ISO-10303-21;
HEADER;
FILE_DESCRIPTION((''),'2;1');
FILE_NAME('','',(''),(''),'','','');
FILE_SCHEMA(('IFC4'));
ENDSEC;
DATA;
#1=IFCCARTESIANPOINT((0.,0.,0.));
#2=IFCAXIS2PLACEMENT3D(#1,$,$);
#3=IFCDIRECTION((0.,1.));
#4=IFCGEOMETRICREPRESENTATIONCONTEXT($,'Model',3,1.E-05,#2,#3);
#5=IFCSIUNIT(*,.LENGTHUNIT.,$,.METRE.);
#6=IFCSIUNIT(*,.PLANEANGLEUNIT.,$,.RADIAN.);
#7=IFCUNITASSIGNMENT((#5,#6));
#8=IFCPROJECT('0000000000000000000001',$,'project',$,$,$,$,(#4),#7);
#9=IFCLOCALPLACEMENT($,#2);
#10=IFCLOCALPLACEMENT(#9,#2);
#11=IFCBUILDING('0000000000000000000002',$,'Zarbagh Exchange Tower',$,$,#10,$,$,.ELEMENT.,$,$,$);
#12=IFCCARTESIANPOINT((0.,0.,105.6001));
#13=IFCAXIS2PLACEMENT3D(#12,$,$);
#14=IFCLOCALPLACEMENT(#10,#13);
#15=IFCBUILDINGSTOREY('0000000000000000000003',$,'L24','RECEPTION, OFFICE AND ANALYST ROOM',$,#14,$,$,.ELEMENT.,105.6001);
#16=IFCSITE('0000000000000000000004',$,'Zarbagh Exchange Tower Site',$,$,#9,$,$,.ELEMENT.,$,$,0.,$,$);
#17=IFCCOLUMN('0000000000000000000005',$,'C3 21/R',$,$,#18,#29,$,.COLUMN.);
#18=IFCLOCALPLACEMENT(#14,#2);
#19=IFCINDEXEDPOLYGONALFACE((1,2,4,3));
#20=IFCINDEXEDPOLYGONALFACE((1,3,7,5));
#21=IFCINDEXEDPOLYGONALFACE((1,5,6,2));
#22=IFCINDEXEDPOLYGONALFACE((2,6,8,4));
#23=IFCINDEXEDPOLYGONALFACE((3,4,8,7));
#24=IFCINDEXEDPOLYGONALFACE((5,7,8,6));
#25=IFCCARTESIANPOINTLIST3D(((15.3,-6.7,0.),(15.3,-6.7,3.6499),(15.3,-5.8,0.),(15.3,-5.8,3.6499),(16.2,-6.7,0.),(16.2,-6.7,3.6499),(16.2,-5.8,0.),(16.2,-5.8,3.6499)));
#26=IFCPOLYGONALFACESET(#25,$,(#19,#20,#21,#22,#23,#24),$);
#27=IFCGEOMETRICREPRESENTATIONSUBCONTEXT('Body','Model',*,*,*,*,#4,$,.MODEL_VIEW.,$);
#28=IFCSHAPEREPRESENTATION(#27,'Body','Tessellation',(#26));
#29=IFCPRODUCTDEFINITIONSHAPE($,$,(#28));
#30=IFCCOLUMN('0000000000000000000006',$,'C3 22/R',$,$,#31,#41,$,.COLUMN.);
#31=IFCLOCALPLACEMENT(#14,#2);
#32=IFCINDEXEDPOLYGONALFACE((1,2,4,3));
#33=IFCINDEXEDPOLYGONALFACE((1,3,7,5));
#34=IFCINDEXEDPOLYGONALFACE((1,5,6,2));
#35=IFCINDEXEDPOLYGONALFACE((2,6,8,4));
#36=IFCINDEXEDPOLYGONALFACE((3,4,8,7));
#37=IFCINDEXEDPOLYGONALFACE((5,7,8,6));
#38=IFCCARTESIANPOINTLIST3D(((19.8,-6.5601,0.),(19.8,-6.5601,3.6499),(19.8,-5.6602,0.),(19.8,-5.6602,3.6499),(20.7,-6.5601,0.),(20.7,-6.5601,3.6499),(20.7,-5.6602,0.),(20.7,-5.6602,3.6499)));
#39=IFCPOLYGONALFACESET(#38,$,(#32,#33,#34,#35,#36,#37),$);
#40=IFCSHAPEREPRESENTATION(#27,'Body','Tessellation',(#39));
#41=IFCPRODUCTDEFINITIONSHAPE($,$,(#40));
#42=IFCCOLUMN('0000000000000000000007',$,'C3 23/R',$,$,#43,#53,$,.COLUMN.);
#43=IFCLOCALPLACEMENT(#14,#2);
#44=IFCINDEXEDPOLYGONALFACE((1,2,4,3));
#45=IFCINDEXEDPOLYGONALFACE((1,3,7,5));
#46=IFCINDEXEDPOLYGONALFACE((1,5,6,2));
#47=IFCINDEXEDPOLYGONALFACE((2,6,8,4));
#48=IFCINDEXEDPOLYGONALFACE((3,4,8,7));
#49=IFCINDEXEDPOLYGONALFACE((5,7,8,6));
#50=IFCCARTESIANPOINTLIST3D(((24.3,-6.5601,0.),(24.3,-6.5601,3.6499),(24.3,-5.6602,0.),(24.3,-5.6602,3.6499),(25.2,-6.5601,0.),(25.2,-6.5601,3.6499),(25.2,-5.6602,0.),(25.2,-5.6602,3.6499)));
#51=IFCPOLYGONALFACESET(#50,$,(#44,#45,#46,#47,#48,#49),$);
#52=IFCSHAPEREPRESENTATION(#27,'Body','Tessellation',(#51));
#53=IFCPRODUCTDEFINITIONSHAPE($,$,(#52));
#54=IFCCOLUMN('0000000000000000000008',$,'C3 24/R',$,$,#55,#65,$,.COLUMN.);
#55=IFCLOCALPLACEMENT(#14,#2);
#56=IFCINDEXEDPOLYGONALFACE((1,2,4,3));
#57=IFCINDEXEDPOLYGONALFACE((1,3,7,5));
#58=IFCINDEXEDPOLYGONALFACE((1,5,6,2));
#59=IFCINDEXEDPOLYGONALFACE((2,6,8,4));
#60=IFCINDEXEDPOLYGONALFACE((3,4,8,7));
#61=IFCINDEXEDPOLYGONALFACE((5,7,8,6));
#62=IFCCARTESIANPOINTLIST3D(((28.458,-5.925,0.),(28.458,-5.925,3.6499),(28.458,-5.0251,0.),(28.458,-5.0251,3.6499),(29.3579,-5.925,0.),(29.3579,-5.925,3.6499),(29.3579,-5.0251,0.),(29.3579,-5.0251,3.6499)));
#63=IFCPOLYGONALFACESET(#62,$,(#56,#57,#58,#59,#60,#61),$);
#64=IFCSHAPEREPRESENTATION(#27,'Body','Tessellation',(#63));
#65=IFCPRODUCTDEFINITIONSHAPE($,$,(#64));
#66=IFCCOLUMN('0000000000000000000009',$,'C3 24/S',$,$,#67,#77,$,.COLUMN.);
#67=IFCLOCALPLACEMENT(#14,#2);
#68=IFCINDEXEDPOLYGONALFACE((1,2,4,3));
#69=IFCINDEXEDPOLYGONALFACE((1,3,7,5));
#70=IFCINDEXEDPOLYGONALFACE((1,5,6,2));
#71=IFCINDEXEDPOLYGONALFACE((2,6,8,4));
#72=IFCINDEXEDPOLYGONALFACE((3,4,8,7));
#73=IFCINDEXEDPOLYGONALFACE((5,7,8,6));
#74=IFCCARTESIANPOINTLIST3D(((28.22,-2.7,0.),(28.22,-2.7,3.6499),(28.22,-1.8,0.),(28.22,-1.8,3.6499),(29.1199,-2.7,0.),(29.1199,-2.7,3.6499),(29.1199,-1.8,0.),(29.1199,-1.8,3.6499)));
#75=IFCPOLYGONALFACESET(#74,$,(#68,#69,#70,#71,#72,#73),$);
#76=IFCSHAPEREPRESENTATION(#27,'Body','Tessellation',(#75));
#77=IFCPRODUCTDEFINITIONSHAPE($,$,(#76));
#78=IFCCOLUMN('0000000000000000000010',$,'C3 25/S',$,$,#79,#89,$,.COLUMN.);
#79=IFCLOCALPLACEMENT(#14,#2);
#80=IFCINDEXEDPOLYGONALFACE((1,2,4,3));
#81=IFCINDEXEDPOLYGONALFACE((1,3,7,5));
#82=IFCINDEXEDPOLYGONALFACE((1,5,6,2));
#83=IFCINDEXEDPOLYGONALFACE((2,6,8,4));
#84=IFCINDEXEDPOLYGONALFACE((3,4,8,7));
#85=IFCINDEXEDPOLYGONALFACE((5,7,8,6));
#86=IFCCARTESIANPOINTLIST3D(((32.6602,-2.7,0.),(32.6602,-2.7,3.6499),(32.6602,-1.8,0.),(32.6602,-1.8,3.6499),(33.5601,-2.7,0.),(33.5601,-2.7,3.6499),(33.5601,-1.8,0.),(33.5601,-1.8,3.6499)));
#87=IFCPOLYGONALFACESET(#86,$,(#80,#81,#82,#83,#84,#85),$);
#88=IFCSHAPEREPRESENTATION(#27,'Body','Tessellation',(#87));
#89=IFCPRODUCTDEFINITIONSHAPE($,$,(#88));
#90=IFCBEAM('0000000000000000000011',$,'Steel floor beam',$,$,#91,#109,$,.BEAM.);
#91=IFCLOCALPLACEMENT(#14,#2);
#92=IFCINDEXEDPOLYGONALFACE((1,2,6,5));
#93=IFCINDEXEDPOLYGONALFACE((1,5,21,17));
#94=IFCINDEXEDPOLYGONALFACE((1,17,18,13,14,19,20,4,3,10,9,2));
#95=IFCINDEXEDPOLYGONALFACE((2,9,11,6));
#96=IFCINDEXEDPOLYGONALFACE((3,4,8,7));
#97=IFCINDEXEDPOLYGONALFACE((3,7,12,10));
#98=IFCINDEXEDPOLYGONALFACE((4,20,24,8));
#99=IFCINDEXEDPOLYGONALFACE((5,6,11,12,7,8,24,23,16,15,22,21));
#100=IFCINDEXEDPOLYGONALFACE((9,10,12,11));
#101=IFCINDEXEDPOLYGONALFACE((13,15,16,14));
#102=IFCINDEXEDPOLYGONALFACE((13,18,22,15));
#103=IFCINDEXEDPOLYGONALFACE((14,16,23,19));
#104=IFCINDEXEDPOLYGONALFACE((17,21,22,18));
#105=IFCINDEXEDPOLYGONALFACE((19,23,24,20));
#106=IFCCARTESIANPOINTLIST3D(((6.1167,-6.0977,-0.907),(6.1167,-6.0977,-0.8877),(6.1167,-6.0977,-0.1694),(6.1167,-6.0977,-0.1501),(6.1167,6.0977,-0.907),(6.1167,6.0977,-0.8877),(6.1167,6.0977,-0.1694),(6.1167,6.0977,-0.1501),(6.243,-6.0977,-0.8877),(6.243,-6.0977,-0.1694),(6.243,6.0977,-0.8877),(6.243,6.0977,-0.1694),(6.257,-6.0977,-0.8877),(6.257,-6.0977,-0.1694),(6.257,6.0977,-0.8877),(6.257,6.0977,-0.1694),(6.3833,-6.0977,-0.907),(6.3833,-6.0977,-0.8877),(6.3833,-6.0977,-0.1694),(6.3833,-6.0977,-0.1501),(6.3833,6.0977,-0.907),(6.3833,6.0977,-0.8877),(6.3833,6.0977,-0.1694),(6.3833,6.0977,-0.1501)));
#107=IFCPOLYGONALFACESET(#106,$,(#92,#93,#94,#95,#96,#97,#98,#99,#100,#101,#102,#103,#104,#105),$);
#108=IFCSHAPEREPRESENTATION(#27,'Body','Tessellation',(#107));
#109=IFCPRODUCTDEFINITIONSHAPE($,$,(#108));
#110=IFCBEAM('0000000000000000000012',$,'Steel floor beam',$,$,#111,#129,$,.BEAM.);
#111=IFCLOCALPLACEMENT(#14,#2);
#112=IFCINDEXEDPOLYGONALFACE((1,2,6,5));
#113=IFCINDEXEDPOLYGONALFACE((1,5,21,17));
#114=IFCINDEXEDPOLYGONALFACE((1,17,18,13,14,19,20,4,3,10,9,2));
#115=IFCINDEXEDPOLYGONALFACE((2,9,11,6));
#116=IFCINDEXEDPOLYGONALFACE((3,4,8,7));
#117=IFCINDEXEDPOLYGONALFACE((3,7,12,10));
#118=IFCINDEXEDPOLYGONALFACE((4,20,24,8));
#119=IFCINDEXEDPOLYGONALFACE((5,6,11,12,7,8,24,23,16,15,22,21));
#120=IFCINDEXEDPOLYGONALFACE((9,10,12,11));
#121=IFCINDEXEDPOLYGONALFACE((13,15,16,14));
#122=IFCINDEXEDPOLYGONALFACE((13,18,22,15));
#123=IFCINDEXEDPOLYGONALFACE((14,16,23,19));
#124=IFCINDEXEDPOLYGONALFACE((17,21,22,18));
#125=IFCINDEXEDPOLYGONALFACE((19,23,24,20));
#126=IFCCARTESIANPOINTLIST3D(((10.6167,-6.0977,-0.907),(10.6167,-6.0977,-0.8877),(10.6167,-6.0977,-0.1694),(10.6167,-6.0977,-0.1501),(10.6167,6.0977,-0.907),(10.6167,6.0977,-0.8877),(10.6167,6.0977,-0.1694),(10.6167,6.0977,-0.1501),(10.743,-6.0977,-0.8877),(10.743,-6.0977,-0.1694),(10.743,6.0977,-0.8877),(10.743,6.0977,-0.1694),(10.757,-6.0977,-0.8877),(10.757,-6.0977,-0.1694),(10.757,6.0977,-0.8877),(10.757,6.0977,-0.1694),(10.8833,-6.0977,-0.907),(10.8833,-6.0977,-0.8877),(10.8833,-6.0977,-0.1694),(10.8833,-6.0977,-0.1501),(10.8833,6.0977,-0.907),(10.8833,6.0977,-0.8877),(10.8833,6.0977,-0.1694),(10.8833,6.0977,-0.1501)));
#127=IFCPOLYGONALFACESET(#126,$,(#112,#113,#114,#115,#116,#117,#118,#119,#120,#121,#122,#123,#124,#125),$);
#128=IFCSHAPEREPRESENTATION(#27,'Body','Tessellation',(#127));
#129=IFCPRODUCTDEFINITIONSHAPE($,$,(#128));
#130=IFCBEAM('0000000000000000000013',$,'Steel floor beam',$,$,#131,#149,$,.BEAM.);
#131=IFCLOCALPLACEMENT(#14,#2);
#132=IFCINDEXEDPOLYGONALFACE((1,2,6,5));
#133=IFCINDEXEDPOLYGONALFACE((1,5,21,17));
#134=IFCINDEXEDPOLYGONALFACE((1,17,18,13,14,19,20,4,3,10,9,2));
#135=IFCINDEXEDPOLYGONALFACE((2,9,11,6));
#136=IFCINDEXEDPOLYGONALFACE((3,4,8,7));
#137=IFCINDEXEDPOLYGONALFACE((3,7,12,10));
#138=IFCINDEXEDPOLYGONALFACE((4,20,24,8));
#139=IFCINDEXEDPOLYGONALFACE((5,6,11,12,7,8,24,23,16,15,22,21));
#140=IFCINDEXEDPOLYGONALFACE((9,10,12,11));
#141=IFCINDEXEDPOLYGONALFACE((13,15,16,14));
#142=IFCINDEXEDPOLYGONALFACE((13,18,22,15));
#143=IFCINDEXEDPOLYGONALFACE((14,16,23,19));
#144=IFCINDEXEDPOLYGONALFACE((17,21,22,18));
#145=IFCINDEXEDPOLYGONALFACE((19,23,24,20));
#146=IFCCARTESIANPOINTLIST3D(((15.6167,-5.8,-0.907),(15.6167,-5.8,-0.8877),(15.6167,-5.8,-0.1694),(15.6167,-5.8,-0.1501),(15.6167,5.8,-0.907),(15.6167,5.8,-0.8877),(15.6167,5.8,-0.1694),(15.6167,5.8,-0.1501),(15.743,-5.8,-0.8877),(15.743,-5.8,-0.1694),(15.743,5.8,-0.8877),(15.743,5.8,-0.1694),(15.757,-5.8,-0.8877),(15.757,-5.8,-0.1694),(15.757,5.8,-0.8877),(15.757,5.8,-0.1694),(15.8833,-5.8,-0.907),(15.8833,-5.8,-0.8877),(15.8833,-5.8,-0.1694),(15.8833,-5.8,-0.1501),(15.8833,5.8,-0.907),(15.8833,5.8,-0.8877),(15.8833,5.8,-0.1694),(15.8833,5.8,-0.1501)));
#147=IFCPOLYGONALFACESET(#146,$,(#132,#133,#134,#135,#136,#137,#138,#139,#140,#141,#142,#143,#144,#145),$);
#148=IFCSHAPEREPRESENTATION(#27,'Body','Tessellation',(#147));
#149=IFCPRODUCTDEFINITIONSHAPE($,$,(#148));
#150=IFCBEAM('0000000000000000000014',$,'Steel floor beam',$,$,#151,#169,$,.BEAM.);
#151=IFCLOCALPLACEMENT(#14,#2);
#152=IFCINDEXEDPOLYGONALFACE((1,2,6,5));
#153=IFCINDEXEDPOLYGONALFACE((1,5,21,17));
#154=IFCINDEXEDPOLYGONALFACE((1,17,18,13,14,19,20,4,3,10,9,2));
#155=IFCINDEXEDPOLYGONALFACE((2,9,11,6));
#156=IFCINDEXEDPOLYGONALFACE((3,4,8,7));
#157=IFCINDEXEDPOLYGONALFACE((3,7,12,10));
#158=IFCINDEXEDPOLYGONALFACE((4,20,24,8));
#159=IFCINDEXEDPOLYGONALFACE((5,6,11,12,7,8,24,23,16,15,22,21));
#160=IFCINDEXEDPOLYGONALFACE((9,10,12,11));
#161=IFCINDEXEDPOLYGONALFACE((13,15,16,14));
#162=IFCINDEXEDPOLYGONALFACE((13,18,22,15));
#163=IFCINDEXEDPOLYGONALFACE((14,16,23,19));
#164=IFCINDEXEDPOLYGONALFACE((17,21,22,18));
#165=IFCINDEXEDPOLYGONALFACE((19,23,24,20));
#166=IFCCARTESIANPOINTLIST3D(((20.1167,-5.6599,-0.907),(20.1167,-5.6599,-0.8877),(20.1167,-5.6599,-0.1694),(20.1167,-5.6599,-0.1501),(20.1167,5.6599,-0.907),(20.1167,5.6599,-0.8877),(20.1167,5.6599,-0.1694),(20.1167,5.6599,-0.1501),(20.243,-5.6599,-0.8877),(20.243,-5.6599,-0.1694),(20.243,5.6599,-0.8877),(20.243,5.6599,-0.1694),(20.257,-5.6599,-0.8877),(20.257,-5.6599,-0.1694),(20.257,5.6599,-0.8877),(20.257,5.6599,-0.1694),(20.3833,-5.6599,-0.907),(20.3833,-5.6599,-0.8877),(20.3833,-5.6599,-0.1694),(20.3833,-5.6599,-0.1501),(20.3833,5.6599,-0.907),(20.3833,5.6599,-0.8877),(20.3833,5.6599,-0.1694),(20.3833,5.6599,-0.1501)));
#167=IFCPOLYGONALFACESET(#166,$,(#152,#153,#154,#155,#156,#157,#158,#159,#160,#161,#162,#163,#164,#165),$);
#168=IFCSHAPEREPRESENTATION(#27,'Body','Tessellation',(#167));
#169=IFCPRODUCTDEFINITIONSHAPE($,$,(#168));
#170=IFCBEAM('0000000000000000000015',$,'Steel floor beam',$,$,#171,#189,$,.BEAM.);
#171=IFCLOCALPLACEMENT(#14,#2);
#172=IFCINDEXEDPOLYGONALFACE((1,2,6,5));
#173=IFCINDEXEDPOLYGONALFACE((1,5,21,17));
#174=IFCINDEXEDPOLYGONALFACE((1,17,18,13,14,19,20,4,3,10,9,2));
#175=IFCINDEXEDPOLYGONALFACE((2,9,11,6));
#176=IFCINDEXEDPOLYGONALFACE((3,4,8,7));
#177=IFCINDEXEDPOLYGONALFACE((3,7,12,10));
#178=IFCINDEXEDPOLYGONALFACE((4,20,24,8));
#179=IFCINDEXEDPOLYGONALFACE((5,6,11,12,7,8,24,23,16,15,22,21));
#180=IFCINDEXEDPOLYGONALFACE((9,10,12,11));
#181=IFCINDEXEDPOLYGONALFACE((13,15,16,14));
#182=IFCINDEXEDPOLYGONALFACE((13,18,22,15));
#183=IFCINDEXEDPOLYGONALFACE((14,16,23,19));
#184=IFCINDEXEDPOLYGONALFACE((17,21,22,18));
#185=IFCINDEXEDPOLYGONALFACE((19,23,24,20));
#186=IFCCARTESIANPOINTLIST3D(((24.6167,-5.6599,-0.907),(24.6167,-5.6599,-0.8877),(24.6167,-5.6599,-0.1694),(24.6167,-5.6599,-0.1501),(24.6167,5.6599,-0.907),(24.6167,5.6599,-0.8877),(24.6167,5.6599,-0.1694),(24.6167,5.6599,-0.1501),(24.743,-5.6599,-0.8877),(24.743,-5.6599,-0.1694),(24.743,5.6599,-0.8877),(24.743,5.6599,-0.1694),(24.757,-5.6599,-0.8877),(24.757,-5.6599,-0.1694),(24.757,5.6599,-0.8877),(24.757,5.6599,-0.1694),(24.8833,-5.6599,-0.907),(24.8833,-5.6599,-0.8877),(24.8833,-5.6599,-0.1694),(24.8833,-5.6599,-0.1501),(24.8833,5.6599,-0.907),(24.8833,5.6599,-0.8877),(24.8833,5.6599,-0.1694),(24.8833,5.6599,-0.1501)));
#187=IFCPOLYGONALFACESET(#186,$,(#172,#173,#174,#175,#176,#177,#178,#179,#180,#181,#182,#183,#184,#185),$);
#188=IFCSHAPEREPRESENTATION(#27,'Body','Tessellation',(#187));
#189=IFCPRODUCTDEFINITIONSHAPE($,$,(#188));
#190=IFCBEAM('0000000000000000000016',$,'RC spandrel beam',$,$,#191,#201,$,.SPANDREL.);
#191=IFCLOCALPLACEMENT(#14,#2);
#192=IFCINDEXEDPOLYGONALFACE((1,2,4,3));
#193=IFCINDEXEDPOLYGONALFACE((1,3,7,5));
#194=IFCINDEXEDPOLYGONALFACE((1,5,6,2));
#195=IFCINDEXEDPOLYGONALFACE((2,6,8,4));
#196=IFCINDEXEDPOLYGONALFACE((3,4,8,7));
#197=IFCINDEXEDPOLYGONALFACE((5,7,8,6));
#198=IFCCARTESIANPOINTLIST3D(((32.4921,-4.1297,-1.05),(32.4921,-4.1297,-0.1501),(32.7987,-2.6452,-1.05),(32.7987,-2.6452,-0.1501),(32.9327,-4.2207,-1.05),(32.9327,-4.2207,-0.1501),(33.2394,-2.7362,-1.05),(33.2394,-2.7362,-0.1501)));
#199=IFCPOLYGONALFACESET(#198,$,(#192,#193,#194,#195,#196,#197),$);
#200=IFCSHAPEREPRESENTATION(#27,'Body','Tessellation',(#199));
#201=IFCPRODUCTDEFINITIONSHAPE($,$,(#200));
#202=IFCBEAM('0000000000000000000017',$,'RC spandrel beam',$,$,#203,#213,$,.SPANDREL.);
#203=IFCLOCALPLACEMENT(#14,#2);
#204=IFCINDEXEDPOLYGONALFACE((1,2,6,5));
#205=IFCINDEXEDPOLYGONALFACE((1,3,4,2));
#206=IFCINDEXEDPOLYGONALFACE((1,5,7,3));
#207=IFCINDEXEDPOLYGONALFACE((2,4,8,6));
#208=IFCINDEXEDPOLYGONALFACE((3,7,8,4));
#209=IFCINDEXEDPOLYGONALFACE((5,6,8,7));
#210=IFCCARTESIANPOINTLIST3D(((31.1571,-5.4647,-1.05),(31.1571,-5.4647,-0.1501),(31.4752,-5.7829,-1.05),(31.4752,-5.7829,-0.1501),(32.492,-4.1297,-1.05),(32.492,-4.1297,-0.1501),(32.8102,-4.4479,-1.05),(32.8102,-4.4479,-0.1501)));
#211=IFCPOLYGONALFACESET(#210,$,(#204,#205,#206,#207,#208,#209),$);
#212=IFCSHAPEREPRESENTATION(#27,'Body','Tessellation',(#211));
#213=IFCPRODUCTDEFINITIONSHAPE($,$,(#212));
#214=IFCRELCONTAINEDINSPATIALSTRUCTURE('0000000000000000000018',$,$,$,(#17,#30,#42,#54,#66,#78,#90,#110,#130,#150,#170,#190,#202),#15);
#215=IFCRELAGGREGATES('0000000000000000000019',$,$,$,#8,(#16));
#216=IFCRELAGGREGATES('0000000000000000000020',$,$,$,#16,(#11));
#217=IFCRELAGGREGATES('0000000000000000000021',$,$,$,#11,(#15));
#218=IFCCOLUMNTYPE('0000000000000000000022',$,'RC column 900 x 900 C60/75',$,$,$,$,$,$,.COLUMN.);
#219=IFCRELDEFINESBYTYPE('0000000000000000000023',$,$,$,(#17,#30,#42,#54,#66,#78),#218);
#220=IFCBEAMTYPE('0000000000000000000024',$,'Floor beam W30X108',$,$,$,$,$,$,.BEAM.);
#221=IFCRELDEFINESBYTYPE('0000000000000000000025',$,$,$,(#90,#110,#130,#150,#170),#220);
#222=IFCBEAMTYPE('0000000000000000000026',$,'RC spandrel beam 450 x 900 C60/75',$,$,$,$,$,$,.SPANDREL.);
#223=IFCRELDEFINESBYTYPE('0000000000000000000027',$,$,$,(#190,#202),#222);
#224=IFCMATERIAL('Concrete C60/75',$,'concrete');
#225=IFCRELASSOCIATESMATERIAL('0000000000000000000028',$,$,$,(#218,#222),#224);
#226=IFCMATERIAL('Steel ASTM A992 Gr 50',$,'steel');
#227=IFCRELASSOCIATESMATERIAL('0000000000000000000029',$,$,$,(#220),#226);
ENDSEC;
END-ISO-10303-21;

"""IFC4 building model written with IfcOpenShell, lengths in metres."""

from ifc_helpers import new_model, si_unit, direction, frame, origin, origin_2d, place, context, subcontext, project, spatial, rectangle, i_section, extrude, material, material_profile, profile_set, type_object, element, save


model = new_model("IFC4")

# Units and contexts
model_context = context("Model", 3, precision=1e-05, world=origin(), true_north=direction((0.0, 1.0)))
body_context = subcontext(model_context, "Body", "Model", "MODEL_VIEW")
ifc_project = project(units=[si_unit("LENGTHUNIT", "METRE"), si_unit("PLANEANGLEUNIT", "RADIAN")], contexts=[model_context])

# Site, building, storey
site_placement = place(None, origin())
site = spatial("IfcSite", under=ifc_project, at=site_placement, Name="Zarbagh Exchange Tower Site", CompositionType="ELEMENT", RefElevation=0.0)
building_placement = place(site_placement, origin())
building = spatial("IfcBuilding", under=site, at=building_placement, Name="Zarbagh Exchange Tower", CompositionType="ELEMENT")
storey_placement = place(building_placement, frame((0.0, 0.0, 105.6001)))
storey = spatial("IfcBuildingStorey", under=building, at=storey_placement, Name="L24", Description="RECEPTION, OFFICE AND ANALYST ROOM", CompositionType="ELEMENT", Elevation=105.6001)

# Columns
ifc_material_1 = material(Name="Concrete C60/75", Category="concrete")
ifc_material_profile_1 = material_profile(ifc_material_1, rectangle(XDim=0.8999, YDim=0.8999, at=origin_2d()), Name="RC column 900 x 900 C60/75")
ifc_profile_set_1 = profile_set([ifc_material_profile_1], Name="Concrete C60/75")
column_type = type_object("IfcColumnType", Name="RC column 900 x 900 C60/75", PredefinedType="COLUMN", material=ifc_profile_set_1)
for number, where, z_axis, x_axis, name in (
    (1, (15.75, -6.25, 0.0), (0.0, 0.0, 1.0), (1.0, 0.0, 0.0), "C3 21/R"),
    (2, (20.25, -6.1101, 0.0), (0.0, 0.0, 1.0), (1.0, 0.0, 0.0), "C3 22/R"),
    (3, (24.75, -6.1101, 0.0), (0.0, 0.0, 1.0), (1.0, 0.0, 0.0), "C3 23/R"),
    (4, (28.908, -5.4751, 0.0), (0.0, 0.0, 1.0), (1.0, 0.0, 0.0), "C3 24/R"),
    (5, (28.6699, -2.25, 0.0), (0.0, 0.0, 1.0), (1.0, 0.0, 0.0), "C3 24/S"),
    (6, (33.1101, -2.25, 0.0), (0.0, 0.0, 1.0), (1.0, 0.0, 0.0), "C3 25/S"),
):
    element("IfcColumn", number, at=place(storey_placement, frame(where, z_axis=z_axis, x_axis=x_axis)), inside=storey, type_object=column_type, Name=name, PredefinedType="COLUMN", context=body_context, shape_type="SweptSolid", body=[
        extrude(rectangle(XDim=0.8999, YDim=0.8999, at=origin_2d()), origin(), (0.0, 0.0, 1.0), 3.6499),
    ])

# Beams
ifc_material_2 = material(Name="Steel ASTM A992 Gr 50", Category="steel")
ifc_material_profile_2 = material_profile(ifc_material_2, i_section(OverallWidth=0.2666, OverallDepth=0.7568, WebThickness=0.0139, FlangeThickness=0.0193, at=origin_2d()), Name="W30X108")
ifc_profile_set_2 = profile_set([ifc_material_profile_2], Name="Steel ASTM A992 Gr 50")
beam_type_1 = type_object("IfcBeamType", Name="Floor beam W30X108", PredefinedType="BEAM", material=ifc_profile_set_2)
for number, where, z_axis, x_axis, name in (
    (7, (6.25, -6.0977, -0.5286), (0.0, 1.0, 0.0), (-1.0, 0.0, 0.0), "Steel floor beam"),
    (8, (10.75, -6.0977, -0.5286), (0.0, 1.0, 0.0), (-1.0, 0.0, 0.0), "Steel floor beam"),
):
    element("IfcBeam", number, at=place(storey_placement, frame(where, z_axis=z_axis, x_axis=x_axis)), inside=storey, type_object=beam_type_1, Name=name, PredefinedType="BEAM", context=body_context, shape_type="SweptSolid", body=[
        extrude(i_section(OverallWidth=0.2666, OverallDepth=0.7568, WebThickness=0.0139, FlangeThickness=0.0193, at=origin_2d()), origin(), (0.0, 0.0, 1.0), 12.1953),
    ])
beam_1_placement = place(storey_placement, frame((15.75, -5.8, -0.5286), z_axis=(0.0, 1.0, 0.0), x_axis=(-1.0, 0.0, 0.0)))
element("IfcBeam", 9, at=beam_1_placement, inside=storey, type_object=beam_type_1, Name="Steel floor beam", PredefinedType="BEAM", context=body_context, shape_type="SweptSolid", body=[
    extrude(i_section(OverallWidth=0.2666, OverallDepth=0.7568, WebThickness=0.0139, FlangeThickness=0.0193, at=origin_2d()), origin(), (0.0, 0.0, 1.0), 11.6001),
])
for number, where, z_axis, x_axis, name in (
    (10, (20.25, -5.6599, -0.5286), (0.0, 1.0, 0.0), (-1.0, 0.0, 0.0), "Steel floor beam"),
    (11, (24.75, -5.6599, -0.5286), (0.0, 1.0, 0.0), (-1.0, 0.0, 0.0), "Steel floor beam"),
):
    element("IfcBeam", number, at=place(storey_placement, frame(where, z_axis=z_axis, x_axis=x_axis)), inside=storey, type_object=beam_type_1, Name=name, PredefinedType="BEAM", context=body_context, shape_type="SweptSolid", body=[
        extrude(i_section(OverallWidth=0.2666, OverallDepth=0.7568, WebThickness=0.0139, FlangeThickness=0.0193, at=origin_2d()), origin(), (0.0, 0.0, 1.0), 11.3198),
    ])
ifc_material_profile_3 = material_profile(ifc_material_1, rectangle(XDim=0.45, YDim=0.8999, at=origin_2d()), Name="RC spandrel beam 450 x 900 C60/75")
ifc_profile_set_3 = profile_set([ifc_material_profile_3], Name="Concrete C60/75")
beam_type_2 = type_object("IfcBeamType", Name="RC spandrel beam 450 x 900 C60/75", PredefinedType="SPANDREL", material=ifc_profile_set_3)
beam_2_placement = place(storey_placement, frame((33.019, -2.6907, -0.6001), z_axis=(-0.202275, -0.979329, 0.0), x_axis=(0.979329, -0.202275, 0.0)))
element("IfcBeam", 12, at=beam_2_placement, inside=storey, type_object=beam_type_2, Name="RC spandrel beam", PredefinedType="SPANDREL", context=body_context, shape_type="SweptSolid", body=[
    extrude(rectangle(XDim=0.45, YDim=0.8999, at=origin_2d()), origin(), (0.0, 0.0, 1.0), 1.5159),
])
beam_3_placement = place(storey_placement, frame((32.6511, -4.2888, -0.6001), z_axis=(-0.707107, -0.707107, 0.0), x_axis=(0.707107, -0.707107, 0.0)))
element("IfcBeam", 13, at=beam_3_placement, inside=storey, type_object=beam_type_2, Name="RC spandrel beam", PredefinedType="SPANDREL", context=body_context, shape_type="SweptSolid", body=[
    extrude(rectangle(XDim=0.45, YDim=0.8999, at=origin_2d()), origin(), (0.0, 0.0, 1.0), 1.8879),
])

save(model, "model.ifc")
